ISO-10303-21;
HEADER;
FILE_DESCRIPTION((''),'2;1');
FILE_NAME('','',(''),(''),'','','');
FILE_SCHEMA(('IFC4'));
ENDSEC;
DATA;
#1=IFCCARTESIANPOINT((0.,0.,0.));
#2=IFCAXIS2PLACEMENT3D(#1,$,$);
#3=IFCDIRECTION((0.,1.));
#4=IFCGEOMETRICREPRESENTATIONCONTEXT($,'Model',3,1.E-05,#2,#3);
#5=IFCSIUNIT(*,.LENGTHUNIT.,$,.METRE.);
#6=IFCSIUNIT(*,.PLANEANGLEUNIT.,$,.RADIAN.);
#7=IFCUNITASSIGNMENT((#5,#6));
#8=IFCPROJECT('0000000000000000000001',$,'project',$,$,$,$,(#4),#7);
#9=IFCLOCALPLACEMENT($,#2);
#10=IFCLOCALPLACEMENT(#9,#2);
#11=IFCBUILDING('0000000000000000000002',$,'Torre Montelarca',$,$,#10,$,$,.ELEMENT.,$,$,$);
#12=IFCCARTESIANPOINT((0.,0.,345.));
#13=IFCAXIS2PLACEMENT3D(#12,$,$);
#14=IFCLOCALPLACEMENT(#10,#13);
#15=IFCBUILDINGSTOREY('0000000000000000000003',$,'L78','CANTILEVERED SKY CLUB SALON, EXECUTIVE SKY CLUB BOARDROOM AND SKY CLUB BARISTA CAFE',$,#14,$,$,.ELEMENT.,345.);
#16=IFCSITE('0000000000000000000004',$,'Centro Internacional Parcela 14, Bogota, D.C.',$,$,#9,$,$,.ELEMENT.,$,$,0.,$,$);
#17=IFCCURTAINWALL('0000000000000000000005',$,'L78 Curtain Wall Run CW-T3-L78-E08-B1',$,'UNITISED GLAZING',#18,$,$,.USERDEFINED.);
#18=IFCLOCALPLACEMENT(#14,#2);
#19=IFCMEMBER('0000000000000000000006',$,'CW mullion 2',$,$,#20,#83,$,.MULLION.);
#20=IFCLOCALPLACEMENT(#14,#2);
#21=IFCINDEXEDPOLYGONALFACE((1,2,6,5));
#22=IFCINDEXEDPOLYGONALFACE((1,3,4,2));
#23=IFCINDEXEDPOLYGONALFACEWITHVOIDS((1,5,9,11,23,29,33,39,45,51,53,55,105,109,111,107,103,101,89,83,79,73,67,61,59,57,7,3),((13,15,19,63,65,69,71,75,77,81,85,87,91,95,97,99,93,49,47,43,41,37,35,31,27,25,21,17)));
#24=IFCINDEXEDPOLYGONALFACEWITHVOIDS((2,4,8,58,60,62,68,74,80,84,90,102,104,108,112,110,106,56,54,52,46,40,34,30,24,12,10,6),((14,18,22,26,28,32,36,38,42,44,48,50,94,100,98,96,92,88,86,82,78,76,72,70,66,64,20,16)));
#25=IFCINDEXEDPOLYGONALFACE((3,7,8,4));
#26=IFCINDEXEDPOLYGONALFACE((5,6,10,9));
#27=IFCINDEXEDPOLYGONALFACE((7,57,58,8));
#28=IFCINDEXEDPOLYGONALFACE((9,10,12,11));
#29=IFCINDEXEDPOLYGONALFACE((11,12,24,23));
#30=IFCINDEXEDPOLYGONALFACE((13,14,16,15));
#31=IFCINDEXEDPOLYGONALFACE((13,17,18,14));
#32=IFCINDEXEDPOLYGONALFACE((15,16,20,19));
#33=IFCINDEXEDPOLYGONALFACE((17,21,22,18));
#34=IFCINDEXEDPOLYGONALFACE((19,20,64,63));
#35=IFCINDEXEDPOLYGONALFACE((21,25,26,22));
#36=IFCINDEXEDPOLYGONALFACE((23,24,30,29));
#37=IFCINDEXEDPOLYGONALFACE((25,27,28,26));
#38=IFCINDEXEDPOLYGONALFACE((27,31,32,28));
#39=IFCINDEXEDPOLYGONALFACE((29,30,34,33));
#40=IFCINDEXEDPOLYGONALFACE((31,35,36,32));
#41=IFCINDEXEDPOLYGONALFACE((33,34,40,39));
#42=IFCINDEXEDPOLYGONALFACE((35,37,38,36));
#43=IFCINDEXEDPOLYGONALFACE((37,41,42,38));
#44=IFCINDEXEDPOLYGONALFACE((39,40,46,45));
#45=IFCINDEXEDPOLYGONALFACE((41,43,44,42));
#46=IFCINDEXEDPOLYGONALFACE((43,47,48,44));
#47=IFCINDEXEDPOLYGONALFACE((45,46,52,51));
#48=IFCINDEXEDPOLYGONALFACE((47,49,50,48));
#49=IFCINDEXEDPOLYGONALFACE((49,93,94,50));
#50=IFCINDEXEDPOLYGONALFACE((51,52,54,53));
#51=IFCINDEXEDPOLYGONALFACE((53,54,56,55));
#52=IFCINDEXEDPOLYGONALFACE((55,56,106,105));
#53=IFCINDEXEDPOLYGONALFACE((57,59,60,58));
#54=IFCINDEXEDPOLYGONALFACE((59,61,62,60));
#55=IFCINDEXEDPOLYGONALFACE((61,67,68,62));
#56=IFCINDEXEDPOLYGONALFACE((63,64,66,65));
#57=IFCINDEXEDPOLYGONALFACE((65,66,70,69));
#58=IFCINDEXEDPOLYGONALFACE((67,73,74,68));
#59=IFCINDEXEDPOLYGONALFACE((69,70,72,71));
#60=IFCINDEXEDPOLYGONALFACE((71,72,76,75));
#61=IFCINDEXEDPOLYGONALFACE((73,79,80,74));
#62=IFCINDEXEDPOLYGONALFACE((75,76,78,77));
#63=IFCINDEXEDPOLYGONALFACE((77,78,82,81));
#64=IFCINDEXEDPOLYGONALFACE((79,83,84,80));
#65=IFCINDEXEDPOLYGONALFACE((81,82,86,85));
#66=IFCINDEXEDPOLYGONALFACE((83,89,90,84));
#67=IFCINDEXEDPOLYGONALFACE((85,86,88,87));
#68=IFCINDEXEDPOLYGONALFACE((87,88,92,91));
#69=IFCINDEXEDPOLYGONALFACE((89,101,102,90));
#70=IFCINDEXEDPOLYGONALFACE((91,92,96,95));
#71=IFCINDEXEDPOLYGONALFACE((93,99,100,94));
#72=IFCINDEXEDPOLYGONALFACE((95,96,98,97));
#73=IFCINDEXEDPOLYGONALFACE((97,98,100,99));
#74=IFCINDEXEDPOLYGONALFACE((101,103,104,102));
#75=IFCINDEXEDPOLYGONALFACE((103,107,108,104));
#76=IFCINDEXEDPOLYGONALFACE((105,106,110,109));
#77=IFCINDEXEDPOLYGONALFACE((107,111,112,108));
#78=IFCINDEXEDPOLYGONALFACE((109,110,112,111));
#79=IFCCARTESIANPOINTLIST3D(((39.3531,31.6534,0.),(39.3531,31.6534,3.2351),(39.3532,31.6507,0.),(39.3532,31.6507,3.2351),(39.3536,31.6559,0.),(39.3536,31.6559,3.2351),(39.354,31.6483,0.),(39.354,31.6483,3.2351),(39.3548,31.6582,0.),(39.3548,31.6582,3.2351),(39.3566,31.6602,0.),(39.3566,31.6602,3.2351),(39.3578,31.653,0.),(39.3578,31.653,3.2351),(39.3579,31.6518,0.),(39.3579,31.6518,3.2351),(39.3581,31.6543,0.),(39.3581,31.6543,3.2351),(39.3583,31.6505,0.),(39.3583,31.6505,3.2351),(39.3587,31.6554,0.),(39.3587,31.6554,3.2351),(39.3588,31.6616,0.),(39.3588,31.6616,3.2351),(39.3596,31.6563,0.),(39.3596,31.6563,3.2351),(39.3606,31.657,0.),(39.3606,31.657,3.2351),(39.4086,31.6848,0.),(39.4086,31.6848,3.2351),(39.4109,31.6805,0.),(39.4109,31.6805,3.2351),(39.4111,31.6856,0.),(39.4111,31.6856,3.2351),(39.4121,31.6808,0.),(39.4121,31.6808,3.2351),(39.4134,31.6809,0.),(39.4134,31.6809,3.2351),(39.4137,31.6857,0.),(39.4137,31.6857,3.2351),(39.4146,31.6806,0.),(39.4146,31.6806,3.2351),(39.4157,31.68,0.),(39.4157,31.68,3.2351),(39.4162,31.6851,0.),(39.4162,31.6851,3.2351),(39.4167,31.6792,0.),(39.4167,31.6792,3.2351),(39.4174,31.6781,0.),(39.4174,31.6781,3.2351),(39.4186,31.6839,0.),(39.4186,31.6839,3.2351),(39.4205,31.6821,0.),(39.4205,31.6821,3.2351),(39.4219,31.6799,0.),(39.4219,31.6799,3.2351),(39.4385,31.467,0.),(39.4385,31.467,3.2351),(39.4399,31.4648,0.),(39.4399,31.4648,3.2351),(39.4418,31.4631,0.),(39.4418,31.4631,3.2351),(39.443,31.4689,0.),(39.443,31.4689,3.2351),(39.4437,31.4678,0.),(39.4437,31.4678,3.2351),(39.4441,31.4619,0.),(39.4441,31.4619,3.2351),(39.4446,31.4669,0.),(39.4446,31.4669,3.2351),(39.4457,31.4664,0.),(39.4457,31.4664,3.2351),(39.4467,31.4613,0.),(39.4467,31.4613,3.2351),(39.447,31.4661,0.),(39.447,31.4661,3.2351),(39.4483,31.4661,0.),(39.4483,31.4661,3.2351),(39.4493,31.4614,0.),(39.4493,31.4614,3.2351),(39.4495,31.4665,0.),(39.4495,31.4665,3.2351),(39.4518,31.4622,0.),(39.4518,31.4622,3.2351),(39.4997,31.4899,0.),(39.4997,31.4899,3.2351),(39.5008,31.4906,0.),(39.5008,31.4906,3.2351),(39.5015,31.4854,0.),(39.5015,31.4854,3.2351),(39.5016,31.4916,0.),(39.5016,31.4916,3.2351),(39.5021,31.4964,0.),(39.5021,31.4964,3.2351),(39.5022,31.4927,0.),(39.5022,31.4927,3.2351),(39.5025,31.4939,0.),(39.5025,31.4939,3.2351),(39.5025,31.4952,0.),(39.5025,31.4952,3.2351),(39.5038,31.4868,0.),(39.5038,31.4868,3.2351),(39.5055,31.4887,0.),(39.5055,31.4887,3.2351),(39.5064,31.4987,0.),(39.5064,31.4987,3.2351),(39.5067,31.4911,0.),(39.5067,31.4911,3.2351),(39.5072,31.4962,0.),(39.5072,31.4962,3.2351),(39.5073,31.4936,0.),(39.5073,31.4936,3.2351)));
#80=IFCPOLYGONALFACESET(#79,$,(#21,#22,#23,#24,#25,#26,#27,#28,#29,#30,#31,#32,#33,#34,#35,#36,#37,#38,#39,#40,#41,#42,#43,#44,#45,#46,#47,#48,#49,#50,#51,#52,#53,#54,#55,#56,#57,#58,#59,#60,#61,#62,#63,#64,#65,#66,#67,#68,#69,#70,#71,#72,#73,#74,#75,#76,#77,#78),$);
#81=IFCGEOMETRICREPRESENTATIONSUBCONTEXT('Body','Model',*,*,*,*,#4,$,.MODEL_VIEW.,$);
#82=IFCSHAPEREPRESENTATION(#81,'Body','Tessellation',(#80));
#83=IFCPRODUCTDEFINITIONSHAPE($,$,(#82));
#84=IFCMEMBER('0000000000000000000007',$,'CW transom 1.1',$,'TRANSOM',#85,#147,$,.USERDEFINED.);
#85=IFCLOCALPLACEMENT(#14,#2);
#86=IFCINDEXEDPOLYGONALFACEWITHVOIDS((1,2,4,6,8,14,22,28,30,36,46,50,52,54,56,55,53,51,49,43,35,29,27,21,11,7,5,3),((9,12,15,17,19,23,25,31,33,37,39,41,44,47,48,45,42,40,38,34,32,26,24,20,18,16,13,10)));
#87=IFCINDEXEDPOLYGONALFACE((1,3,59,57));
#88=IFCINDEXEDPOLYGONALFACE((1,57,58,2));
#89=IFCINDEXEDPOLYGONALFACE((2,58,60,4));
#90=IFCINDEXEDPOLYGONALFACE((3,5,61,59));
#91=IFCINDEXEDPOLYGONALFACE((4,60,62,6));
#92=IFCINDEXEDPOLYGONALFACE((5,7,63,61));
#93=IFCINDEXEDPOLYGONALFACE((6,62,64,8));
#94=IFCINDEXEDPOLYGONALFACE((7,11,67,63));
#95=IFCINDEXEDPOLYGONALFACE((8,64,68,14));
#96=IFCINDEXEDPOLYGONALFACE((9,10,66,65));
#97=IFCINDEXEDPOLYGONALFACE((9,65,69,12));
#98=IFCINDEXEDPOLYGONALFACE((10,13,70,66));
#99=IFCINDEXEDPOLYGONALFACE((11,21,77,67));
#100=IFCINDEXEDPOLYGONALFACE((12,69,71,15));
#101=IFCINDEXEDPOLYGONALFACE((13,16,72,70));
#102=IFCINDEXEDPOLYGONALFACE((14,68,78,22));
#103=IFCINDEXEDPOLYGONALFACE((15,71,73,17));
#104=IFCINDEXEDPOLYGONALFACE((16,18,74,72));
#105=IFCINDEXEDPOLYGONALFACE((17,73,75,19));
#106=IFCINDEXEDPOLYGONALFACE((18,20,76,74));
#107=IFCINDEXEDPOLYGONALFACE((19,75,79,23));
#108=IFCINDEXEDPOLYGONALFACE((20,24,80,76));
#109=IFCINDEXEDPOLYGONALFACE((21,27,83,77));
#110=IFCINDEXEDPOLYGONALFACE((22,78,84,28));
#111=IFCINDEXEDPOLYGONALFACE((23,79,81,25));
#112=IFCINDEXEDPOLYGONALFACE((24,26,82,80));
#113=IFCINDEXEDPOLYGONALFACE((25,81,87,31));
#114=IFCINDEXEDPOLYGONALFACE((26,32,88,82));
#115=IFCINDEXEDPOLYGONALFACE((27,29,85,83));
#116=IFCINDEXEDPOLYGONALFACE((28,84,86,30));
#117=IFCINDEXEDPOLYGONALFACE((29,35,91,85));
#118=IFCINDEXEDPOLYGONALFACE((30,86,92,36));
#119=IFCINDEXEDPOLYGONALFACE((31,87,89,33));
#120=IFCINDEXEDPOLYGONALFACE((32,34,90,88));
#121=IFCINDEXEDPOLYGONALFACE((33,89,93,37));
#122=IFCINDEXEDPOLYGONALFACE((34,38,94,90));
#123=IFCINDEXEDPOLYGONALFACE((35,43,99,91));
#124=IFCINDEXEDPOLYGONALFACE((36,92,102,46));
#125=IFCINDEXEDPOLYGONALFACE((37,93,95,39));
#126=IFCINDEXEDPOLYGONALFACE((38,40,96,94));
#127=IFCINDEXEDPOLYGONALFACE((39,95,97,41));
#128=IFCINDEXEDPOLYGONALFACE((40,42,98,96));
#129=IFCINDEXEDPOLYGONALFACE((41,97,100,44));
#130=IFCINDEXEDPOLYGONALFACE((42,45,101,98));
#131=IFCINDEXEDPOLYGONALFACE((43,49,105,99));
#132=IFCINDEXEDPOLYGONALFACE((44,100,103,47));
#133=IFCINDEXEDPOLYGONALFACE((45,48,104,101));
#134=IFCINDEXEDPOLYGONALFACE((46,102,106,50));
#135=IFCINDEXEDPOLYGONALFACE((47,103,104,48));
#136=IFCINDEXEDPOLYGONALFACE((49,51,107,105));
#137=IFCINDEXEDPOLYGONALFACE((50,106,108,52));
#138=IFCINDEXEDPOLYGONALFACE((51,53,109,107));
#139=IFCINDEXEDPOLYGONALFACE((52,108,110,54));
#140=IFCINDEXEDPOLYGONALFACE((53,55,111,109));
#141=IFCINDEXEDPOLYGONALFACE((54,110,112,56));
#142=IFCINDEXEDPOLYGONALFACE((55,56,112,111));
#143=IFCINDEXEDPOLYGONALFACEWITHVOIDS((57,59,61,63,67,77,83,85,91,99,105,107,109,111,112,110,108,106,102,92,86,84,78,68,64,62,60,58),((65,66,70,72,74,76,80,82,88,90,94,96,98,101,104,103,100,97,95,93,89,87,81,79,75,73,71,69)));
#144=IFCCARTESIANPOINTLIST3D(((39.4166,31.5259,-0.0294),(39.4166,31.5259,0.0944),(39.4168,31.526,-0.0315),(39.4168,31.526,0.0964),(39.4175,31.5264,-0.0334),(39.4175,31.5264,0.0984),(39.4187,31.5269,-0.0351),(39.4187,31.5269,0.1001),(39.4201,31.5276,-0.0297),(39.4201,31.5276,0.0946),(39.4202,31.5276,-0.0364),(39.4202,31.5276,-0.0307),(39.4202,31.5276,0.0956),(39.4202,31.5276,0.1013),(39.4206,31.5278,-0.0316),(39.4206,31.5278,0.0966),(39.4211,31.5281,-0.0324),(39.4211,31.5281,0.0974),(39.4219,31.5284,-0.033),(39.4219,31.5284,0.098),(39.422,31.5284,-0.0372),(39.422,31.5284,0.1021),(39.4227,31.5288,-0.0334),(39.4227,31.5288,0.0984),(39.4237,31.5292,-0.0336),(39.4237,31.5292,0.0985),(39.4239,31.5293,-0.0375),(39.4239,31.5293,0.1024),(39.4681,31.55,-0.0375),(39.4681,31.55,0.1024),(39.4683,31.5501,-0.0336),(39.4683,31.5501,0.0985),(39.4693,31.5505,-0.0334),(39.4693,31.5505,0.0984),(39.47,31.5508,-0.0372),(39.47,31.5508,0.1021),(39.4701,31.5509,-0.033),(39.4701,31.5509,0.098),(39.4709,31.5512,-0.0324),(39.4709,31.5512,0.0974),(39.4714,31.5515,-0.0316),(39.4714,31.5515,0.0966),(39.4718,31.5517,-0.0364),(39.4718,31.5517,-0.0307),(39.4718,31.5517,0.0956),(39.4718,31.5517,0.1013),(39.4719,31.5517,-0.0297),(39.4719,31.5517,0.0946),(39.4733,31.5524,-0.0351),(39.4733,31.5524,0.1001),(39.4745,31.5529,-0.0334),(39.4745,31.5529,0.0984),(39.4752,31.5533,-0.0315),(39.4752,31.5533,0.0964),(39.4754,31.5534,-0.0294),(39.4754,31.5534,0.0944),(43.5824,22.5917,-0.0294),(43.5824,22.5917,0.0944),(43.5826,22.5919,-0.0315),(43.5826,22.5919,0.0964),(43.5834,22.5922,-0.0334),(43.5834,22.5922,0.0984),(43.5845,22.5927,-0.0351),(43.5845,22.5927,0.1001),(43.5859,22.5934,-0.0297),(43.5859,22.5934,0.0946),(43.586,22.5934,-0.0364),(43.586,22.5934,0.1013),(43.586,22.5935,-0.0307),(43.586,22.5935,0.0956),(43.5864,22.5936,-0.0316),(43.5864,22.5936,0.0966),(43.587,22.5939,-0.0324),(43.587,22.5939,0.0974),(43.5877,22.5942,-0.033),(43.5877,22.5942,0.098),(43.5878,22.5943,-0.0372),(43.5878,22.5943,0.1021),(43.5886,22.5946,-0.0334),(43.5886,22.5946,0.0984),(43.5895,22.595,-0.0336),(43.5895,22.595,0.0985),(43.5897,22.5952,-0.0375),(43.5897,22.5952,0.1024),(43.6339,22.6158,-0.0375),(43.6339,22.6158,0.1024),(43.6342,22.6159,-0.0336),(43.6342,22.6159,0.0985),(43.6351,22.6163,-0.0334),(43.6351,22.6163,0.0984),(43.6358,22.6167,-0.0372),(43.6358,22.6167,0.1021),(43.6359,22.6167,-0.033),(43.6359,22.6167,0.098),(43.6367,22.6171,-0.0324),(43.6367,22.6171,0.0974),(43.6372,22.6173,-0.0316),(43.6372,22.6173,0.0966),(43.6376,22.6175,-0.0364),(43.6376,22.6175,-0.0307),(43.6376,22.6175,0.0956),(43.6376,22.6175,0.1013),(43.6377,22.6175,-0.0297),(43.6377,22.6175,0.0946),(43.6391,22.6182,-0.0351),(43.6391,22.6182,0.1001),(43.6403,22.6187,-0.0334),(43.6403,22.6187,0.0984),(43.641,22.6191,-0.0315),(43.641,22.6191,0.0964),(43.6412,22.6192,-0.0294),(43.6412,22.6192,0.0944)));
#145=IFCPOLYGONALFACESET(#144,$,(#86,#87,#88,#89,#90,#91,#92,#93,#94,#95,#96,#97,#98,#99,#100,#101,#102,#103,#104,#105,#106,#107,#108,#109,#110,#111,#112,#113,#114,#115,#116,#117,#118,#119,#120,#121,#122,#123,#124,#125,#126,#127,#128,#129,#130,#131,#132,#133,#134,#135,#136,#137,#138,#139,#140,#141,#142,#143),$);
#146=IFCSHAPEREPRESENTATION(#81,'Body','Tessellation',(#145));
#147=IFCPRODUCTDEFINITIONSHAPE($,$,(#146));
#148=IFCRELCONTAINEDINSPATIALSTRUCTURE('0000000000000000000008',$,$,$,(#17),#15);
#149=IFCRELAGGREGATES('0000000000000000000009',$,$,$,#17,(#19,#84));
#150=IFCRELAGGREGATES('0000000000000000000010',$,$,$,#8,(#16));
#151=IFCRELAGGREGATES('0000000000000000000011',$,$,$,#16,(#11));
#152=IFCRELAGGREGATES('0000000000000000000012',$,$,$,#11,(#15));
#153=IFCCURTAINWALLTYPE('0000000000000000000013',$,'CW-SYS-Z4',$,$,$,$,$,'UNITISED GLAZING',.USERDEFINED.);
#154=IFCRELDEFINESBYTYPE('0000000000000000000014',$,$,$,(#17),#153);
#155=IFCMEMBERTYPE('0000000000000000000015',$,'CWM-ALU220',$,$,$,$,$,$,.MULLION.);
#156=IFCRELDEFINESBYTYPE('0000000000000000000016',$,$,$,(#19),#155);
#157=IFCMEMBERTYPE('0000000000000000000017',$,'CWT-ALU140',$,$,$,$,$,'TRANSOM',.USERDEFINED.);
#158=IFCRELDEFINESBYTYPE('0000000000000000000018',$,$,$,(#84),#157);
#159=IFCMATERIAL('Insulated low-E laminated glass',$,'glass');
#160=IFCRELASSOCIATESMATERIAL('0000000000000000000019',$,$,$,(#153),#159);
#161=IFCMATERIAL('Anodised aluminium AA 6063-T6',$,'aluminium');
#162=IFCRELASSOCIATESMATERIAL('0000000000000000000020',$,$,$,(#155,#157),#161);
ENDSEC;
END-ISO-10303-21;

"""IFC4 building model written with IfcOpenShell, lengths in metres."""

from ifc_helpers import new_model, si_unit, direction, frame, origin, origin_2d, place, context, subcontext, project, spatial, hollow_rectangle, extrude, source, transform, mapped, material, material_profile, profile_set, type_object, element, aggregate, save


model = new_model("IFC4")

# Units and contexts
model_context = context("Model", 3, precision=1e-05, world=origin(), true_north=direction((0.0, 1.0)))
body_context = subcontext(model_context, "Body", "Model", "MODEL_VIEW")
ifc_project = project(units=[si_unit("LENGTHUNIT", "METRE"), si_unit("PLANEANGLEUNIT", "RADIAN")], contexts=[model_context])

# Site, building, storey
site_placement = place(None, origin())
site = spatial("IfcSite", under=ifc_project, at=site_placement, Name="Centro Internacional Parcela 14, Bogota, D.C.", CompositionType="ELEMENT", RefElevation=0.0)
building_placement = place(site_placement, origin())
building = spatial("IfcBuilding", under=site, at=building_placement, Name="Torre Montelarca", CompositionType="ELEMENT")
storey_placement = place(building_placement, frame((0.0, 0.0, 345.0)))
storey = spatial("IfcBuildingStorey", under=building, at=storey_placement, Name="L78", Description="CANTILEVERED SKY CLUB SALON, EXECUTIVE SKY CLUB BOARDROOM AND SKY CLUB BARISTA CAFE", CompositionType="ELEMENT", Elevation=345.0)

# Shared definitions
ifc_material_1 = material(Name="Insulated low-E laminated glass", Category="glass")
curtain_wall_type = type_object("IfcCurtainWallType", Name="CW-SYS-Z4", ElementType="UNITISED GLAZING", PredefinedType="USERDEFINED", material=ifc_material_1)
ifc_material_2 = material(Name="Anodised aluminium AA 6063-T6", Category="aluminium")
ifc_material_profile_1 = material_profile(ifc_material_2, hollow_rectangle(XDim=0.075, YDim=0.22, WallThickness=0.0049, InnerFilletRadius=0.0049, OuterFilletRadius=0.01, at=origin_2d()), Name="ALU75X220X5", Category="aluminium")
ifc_profile_set_1 = profile_set([ifc_material_profile_1], Name="Anodised aluminium AA 6063-T6")
member_type_1 = type_object("IfcMemberType", Name="CWM-ALU220", PredefinedType="MULLION", material=ifc_profile_set_1)
ifc_material_profile_2 = material_profile(ifc_material_2, hollow_rectangle(XDim=0.0649, YDim=0.1399, WallThickness=0.0039, InnerFilletRadius=0.0039, OuterFilletRadius=0.0081, at=origin_2d()), Name="ALU65X140X4", Category="aluminium")
ifc_profile_set_2 = profile_set([ifc_material_profile_2], Name="Anodised aluminium AA 6063-T6")
member_type_2 = type_object("IfcMemberType", Name="CWT-ALU140", ElementType="TRANSOM", PredefinedType="USERDEFINED", material=ifc_profile_set_2)

# Curtain wall, members
curtain_wall_1_placement = place(storey_placement, origin())
curtain_wall_1 = element("IfcCurtainWall", 1, at=curtain_wall_1_placement, inside=storey, type_object=curtain_wall_type, Name="L78 Curtain Wall Run CW-T3-L78-E08-B1", ObjectType="UNITISED GLAZING", PredefinedType="USERDEFINED")
shared_shape_1 = source(origin(), body_context, "Body", "SweptSolid", [
    extrude(hollow_rectangle(XDim=0.075, YDim=0.22, WallThickness=0.0049, InnerFilletRadius=0.0049, OuterFilletRadius=0.01, at=origin_2d()), origin(), (0.0, 0.0, 1.0), 3.2351),
])
member_1_placement = place(storey_placement, frame((39.4302, 31.5735, 0.0), z_axis=(0.0, 0.0, 1.0), x_axis=(-0.906309, -0.422615, 0.0)))
member_1 = element("IfcMember", 2, at=member_1_placement, type_object=member_type_1, Name="CW mullion 2", PredefinedType="MULLION", context=body_context, shape_type="MappedRepresentation", body=[
    mapped(shared_shape_1, transform((0.0, 0.0, 0.0), scale=1.0)),
])
shared_shape_2 = source(origin(), body_context, "Body", "SweptSolid", [
    extrude(hollow_rectangle(XDim=0.0649, YDim=0.1399, WallThickness=0.0039, InnerFilletRadius=0.0039, OuterFilletRadius=0.0081, at=origin_2d()), origin(), (0.0, 0.0, 1.0), 9.8577),
])
member_2_placement = place(storey_placement, frame((43.6118, 22.6055, 0.0325), z_axis=(-0.422597, 0.906318, 0.0), x_axis=(-0.906318, -0.422597, 0.0)))
member_2 = element("IfcMember", 3, at=member_2_placement, type_object=member_type_2, Name="CW transom 1.1", ObjectType="TRANSOM", PredefinedType="USERDEFINED", context=body_context, shape_type="MappedRepresentation", body=[
    mapped(shared_shape_2, transform((0.0, 0.0, 0.0), scale=1.0)),
])

aggregate(curtain_wall_1, [member_1, member_2])

save(model, "model.ifc")
